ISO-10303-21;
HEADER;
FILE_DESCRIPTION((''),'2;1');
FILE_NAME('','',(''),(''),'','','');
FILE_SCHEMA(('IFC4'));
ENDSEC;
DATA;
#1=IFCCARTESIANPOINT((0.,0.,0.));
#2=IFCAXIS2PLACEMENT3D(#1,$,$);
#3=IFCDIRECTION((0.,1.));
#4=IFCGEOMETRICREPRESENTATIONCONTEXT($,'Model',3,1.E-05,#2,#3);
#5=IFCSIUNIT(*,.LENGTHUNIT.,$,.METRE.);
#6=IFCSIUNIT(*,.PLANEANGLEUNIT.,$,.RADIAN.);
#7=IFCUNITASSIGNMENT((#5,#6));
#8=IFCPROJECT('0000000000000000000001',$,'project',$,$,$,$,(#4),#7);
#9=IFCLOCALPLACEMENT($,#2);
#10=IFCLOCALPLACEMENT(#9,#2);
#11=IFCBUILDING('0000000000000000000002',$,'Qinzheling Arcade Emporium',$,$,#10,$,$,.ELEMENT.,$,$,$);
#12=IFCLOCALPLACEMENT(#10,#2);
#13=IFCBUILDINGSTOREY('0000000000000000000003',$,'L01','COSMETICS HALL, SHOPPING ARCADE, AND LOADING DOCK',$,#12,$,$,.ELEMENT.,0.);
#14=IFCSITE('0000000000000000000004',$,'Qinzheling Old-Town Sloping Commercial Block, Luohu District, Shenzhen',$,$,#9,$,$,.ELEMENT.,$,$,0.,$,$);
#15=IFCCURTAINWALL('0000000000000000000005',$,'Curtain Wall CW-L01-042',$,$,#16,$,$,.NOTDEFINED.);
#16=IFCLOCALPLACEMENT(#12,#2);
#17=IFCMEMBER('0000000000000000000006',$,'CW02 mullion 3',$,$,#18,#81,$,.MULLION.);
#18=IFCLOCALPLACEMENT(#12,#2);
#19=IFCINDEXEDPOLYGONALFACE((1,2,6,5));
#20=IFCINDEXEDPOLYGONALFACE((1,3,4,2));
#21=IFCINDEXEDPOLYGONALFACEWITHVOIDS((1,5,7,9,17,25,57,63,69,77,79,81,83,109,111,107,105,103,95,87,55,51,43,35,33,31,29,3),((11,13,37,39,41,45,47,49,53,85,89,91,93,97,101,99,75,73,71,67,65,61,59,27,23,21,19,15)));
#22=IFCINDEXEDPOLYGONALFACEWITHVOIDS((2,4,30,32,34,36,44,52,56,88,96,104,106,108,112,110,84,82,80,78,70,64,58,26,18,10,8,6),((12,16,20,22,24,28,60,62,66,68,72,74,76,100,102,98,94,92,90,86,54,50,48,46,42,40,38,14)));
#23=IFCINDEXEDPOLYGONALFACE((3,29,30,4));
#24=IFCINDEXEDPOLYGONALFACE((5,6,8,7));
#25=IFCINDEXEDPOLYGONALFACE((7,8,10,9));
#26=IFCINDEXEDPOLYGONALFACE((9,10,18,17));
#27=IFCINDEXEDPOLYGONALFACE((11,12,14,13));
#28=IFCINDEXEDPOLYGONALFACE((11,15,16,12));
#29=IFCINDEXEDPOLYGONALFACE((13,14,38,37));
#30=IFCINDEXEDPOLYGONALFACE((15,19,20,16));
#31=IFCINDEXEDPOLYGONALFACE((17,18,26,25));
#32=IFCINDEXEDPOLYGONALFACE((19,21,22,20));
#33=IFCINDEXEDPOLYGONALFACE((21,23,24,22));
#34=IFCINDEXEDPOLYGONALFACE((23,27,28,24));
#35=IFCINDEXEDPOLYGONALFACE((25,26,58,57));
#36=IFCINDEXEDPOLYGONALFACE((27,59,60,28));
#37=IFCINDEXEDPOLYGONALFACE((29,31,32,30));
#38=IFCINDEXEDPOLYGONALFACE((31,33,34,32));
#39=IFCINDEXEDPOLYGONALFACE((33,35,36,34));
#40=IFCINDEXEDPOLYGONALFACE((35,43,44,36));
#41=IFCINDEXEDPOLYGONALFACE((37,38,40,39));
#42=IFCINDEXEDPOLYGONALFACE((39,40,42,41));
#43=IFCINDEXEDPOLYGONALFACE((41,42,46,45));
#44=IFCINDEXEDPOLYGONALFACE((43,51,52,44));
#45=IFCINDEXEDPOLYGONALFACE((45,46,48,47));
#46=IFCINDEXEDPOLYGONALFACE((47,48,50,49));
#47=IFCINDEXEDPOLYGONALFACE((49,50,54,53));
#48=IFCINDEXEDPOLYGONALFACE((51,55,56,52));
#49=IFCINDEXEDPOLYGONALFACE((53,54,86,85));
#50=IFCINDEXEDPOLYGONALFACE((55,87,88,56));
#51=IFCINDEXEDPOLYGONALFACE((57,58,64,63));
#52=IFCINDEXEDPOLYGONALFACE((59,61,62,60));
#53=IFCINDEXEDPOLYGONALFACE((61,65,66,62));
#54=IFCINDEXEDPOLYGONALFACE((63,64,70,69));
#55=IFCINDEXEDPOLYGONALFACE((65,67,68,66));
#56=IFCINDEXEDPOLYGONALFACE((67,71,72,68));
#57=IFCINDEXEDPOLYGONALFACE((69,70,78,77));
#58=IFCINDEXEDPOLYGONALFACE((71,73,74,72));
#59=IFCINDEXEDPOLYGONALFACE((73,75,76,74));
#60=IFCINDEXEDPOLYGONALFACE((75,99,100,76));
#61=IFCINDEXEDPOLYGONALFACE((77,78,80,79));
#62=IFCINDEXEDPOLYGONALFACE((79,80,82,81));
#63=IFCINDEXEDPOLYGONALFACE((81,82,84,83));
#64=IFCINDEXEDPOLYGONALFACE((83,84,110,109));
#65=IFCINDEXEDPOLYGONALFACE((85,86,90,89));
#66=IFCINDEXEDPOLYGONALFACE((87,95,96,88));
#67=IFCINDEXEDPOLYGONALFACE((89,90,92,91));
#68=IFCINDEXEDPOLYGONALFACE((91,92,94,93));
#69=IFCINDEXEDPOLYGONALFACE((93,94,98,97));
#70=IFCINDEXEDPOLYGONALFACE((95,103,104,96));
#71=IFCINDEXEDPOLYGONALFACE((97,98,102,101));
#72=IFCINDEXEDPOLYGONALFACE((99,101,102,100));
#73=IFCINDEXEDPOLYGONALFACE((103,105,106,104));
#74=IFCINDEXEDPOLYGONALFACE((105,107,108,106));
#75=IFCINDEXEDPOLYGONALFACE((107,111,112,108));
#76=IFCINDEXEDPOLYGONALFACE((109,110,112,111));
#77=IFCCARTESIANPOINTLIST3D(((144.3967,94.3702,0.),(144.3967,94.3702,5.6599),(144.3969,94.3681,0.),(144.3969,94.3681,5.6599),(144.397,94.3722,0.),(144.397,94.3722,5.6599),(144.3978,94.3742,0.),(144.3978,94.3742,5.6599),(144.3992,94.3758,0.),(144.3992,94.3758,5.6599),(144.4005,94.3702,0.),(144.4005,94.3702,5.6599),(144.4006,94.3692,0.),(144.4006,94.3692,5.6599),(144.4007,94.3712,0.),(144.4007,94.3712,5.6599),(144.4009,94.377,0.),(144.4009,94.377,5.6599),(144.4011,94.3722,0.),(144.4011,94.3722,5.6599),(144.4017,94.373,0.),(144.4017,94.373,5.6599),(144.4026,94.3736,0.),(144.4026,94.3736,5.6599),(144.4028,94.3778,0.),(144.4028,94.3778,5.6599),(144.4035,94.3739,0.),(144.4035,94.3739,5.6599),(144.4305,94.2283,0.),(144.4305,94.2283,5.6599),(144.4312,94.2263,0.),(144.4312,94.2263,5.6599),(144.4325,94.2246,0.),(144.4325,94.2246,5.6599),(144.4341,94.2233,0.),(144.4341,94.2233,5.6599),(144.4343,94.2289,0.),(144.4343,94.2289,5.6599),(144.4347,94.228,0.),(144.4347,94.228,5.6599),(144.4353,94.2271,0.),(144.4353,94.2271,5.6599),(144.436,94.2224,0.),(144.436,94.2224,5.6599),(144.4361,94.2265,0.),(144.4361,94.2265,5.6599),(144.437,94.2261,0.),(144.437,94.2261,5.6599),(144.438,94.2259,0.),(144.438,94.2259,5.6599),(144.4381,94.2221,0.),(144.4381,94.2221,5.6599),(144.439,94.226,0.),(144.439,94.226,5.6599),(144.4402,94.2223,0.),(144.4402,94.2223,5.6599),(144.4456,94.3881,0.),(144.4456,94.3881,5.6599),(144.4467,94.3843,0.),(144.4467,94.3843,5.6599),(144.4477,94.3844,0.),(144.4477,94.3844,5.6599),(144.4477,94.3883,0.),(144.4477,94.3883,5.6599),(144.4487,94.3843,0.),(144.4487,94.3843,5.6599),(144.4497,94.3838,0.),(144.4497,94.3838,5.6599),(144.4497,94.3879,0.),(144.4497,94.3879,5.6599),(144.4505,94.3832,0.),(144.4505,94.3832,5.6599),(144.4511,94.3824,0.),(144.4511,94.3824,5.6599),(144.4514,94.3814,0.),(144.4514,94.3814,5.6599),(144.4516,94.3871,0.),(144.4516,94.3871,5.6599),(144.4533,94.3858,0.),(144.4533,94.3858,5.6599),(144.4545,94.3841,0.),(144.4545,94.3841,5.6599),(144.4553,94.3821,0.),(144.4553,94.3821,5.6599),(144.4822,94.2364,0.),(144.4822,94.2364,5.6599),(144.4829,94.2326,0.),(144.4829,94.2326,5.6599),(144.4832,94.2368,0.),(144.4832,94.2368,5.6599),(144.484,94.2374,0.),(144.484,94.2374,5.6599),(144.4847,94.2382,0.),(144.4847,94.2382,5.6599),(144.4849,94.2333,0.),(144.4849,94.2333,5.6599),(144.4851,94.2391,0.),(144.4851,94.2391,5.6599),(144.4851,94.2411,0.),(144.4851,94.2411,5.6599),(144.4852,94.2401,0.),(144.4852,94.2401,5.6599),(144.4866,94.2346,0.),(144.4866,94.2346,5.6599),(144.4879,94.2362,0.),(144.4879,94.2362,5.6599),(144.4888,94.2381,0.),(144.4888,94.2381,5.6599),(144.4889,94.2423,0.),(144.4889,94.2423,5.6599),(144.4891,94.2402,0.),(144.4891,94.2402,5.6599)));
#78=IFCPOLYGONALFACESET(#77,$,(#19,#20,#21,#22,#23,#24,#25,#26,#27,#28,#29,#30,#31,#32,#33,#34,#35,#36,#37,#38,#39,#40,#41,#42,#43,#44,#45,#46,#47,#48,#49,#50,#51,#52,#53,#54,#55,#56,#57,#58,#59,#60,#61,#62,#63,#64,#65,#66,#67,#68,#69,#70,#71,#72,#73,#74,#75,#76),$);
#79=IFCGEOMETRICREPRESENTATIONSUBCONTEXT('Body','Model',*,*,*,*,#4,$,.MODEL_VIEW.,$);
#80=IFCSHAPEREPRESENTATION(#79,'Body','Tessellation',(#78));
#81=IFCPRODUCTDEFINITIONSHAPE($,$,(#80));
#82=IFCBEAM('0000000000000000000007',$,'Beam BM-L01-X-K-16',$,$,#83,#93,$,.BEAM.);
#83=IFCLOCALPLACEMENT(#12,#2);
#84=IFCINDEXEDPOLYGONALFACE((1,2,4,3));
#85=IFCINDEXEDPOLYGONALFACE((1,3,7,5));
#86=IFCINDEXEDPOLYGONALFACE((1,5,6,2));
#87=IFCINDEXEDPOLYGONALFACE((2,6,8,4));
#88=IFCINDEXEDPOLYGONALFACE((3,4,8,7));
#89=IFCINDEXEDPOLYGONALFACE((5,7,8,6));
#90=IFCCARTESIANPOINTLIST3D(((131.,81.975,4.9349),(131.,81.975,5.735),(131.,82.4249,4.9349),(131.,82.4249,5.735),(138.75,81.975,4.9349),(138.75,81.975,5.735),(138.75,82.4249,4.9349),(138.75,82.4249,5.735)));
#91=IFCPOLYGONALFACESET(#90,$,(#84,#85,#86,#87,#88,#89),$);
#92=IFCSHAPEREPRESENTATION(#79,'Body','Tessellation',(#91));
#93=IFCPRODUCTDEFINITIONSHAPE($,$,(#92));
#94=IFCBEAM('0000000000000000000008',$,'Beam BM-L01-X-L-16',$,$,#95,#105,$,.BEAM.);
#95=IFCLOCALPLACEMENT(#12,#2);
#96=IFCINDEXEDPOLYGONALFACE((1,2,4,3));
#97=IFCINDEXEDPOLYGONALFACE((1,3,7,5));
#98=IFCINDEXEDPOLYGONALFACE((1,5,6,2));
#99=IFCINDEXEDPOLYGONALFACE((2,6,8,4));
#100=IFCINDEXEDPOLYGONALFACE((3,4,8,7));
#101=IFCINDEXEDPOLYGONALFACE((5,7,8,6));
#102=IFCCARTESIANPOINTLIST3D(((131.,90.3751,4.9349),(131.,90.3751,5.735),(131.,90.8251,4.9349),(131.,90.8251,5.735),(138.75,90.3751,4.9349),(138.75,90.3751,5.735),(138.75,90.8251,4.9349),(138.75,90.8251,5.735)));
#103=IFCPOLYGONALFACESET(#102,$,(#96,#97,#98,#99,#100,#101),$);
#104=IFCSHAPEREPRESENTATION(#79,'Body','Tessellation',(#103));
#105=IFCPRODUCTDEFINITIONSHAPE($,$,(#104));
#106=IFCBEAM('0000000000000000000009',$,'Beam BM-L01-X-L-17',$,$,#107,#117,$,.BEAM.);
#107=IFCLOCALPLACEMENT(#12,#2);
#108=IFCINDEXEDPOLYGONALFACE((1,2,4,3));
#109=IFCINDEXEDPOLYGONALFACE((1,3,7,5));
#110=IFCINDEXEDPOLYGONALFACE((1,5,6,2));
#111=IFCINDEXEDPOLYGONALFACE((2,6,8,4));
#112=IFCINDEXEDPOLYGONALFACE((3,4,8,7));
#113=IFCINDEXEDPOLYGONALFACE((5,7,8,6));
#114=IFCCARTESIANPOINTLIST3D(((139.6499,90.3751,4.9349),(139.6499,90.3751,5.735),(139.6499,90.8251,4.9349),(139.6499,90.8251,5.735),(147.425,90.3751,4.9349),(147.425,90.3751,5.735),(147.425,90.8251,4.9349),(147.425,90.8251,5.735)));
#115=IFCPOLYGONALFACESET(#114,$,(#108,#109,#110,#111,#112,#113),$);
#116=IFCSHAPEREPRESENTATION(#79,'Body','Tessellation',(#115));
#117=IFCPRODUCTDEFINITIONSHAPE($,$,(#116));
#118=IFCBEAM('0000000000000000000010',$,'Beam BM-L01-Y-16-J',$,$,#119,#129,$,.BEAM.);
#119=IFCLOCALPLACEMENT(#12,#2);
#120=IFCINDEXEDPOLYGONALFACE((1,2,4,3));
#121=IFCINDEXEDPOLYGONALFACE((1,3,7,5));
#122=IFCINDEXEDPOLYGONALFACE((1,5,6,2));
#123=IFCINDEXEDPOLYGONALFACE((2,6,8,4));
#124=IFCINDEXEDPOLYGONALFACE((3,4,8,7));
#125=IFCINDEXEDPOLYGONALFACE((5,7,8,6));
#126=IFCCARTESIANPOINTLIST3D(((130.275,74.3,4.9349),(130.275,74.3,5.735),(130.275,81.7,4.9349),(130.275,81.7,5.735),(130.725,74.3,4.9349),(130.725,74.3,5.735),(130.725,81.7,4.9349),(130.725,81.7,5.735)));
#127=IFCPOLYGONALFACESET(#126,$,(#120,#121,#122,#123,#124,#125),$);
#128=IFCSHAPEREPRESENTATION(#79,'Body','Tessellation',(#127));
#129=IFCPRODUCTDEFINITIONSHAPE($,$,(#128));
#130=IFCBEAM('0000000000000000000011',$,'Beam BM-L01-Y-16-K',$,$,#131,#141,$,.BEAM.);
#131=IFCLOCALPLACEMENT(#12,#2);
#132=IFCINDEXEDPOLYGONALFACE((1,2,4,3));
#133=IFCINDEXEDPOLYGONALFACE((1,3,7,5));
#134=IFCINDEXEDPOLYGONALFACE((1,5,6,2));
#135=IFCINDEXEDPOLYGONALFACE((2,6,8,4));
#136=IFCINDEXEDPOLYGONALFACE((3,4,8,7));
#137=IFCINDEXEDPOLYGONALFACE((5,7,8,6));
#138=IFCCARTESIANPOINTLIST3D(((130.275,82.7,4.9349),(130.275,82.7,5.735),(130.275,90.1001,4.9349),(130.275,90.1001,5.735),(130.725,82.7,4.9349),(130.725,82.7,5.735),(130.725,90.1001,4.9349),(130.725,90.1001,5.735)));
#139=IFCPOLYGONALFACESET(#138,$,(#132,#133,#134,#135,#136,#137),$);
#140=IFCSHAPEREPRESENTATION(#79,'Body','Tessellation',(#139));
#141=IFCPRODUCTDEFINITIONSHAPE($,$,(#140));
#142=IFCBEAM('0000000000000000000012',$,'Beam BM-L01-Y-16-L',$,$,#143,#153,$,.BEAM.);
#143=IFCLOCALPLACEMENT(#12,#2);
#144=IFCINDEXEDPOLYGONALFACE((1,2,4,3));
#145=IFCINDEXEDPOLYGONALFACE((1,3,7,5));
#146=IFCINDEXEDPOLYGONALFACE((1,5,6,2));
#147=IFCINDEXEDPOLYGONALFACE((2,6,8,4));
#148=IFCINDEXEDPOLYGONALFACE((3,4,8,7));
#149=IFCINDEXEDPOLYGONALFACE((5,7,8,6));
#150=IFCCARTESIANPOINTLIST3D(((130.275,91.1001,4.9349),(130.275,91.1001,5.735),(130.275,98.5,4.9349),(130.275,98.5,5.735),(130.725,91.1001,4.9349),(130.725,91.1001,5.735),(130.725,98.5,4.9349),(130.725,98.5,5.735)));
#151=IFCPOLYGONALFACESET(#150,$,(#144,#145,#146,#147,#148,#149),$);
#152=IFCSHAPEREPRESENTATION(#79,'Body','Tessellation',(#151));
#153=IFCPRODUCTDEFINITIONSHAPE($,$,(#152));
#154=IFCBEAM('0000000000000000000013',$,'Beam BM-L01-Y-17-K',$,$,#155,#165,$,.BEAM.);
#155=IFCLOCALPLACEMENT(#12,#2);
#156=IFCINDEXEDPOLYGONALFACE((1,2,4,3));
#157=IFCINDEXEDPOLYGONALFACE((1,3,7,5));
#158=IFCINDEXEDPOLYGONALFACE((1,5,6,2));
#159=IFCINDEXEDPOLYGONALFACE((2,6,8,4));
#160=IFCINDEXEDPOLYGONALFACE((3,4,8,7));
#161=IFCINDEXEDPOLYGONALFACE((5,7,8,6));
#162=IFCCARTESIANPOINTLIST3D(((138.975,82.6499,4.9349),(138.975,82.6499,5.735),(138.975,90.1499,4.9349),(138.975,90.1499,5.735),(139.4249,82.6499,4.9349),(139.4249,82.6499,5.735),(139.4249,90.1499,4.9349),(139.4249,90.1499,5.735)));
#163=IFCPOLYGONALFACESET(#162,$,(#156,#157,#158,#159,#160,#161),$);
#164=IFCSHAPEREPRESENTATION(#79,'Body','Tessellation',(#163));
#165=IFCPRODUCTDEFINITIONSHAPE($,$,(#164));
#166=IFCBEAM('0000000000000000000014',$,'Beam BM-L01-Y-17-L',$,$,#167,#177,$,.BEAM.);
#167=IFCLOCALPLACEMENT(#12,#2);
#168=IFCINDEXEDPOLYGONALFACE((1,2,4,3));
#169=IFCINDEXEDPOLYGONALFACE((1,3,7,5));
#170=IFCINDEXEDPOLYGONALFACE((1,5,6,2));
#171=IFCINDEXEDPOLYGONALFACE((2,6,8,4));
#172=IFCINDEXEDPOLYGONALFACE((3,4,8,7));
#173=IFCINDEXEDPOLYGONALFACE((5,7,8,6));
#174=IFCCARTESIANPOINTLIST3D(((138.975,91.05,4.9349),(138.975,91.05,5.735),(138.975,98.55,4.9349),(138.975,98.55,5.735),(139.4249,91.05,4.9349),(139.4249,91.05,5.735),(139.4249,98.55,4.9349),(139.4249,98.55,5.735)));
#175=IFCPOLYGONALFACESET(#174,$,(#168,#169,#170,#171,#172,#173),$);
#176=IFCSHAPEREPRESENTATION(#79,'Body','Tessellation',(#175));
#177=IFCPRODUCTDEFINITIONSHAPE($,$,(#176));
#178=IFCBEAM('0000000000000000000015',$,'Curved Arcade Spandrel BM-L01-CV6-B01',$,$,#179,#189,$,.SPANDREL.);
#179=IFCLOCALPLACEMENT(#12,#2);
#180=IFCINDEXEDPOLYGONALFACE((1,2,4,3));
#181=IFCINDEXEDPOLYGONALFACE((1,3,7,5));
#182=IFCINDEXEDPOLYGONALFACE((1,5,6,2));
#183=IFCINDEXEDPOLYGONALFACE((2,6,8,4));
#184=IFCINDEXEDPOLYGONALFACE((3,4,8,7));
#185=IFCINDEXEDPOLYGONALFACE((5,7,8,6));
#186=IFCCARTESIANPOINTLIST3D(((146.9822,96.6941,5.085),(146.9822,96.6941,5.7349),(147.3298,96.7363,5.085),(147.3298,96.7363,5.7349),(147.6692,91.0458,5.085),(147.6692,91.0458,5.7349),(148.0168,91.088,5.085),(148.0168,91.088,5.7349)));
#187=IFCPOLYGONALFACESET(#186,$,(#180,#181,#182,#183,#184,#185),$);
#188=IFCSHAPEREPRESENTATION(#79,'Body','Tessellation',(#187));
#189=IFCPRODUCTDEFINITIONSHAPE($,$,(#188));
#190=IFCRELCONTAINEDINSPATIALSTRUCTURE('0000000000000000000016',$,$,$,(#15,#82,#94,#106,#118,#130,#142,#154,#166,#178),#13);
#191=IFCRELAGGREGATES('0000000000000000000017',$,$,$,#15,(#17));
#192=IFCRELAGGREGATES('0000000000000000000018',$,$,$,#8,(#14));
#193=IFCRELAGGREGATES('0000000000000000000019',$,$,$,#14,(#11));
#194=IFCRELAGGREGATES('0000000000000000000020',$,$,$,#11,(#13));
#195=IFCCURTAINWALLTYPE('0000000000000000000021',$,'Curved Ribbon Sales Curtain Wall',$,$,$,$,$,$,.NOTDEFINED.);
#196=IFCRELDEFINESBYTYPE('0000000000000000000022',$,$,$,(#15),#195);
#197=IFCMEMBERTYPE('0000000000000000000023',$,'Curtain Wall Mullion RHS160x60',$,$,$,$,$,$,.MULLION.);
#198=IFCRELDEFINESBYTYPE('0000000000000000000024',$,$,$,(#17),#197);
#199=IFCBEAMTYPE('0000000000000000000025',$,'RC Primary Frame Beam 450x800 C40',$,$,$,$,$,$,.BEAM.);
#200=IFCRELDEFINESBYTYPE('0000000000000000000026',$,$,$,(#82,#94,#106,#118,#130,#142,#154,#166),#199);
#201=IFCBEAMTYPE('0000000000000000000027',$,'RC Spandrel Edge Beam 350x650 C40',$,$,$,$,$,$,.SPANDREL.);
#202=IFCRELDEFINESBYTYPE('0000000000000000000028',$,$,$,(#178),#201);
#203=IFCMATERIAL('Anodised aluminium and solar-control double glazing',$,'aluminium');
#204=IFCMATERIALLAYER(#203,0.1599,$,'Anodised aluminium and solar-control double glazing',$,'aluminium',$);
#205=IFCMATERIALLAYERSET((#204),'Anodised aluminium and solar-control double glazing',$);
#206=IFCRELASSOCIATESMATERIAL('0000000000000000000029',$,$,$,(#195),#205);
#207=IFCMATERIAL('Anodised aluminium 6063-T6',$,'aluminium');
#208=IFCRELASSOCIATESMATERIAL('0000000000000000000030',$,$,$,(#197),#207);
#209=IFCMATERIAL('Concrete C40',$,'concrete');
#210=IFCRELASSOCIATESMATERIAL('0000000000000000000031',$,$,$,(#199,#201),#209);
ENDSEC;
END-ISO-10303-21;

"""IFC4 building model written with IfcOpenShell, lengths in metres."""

from ifc_helpers import new_model, si_unit, direction, frame, origin, origin_2d, place, context, subcontext, project, spatial, rectangle, hollow_rectangle, extrude, material, layer, layer_set, material_profile, profile_set, type_object, element, aggregate, save


model = new_model("IFC4")

# Units and contexts
model_context = context("Model", 3, precision=1e-05, world=origin(), true_north=direction((0.0, 1.0)))
body_context = subcontext(model_context, "Body", "Model", "MODEL_VIEW")
ifc_project = project(units=[si_unit("LENGTHUNIT", "METRE"), si_unit("PLANEANGLEUNIT", "RADIAN")], contexts=[model_context])

# Site, building, storey
site_placement = place(None, origin())
site = spatial("IfcSite", under=ifc_project, at=site_placement, Name="Qinzheling Old-Town Sloping Commercial Block, Luohu District, Shenzhen", CompositionType="ELEMENT", RefElevation=0.0)
building_placement = place(site_placement, origin())
building = spatial("IfcBuilding", under=site, at=building_placement, Name="Qinzheling Arcade Emporium", CompositionType="ELEMENT")
storey_placement = place(building_placement, origin())
storey = spatial("IfcBuildingStorey", under=building, at=storey_placement, Name="L01", Description="COSMETICS HALL, SHOPPING ARCADE, AND LOADING DOCK", CompositionType="ELEMENT", Elevation=0.0)

# Curtain wall, member
ifc_material_1 = material(Name="Anodised aluminium and solar-control double glazing", Category="aluminium")
ifc_layer_1 = layer(ifc_material_1, 0.1599, Name="Anodised aluminium and solar-control double glazing", Category="aluminium")
ifc_layer_set_1 = layer_set([ifc_layer_1], Name="Anodised aluminium and solar-control double glazing")
curtain_wall_type = type_object("IfcCurtainWallType", Name="Curved Ribbon Sales Curtain Wall", PredefinedType="NOTDEFINED", material=ifc_layer_set_1)
curtain_wall_placement = place(storey_placement, origin())
curtain_wall = element("IfcCurtainWall", 1, at=curtain_wall_placement, inside=storey, type_object=curtain_wall_type, Name="Curtain Wall CW-L01-042", PredefinedType="NOTDEFINED")
ifc_material_2 = material(Name="Anodised aluminium 6063-T6", Category="aluminium")
ifc_material_profile_1 = material_profile(ifc_material_2, hollow_rectangle(XDim=0.0601, YDim=0.1599, WallThickness=0.0039, InnerFilletRadius=0.0039, OuterFilletRadius=0.0081, at=origin_2d()), Name="RHS 160x60x4", Category="aluminium")
ifc_profile_set_1 = profile_set([ifc_material_profile_1], Name="Anodised aluminium 6063-T6")
member_type_1 = type_object("IfcMemberType", Name="Curtain Wall Mullion RHS160x60", PredefinedType="MULLION", material=ifc_profile_set_1)
member_placement = place(storey_placement, frame((144.4429, 94.3052, 0.0), z_axis=(0.0, 0.0, 1.0), x_axis=(0.972336, 0.233587, 0.0)))
member = element("IfcMember", 2, at=member_placement, type_object=member_type_1, Name="CW02 mullion 3", PredefinedType="MULLION", context=body_context, shape_type="SweptSolid", body=[
    extrude(hollow_rectangle(XDim=0.0601, YDim=0.1599, WallThickness=0.0039, InnerFilletRadius=0.0039, OuterFilletRadius=0.0081, at=origin_2d()), origin(), (0.0, 0.0, 1.0), 5.6599),
])
aggregate(curtain_wall, [member])

# Beams
ifc_material_3 = material(Name="Concrete C40", Category="concrete")
ifc_material_profile_2 = material_profile(ifc_material_3, rectangle(XDim=0.45, YDim=0.8, at=origin_2d()), Name="RC 450x800", Category="concrete")
ifc_profile_set_2 = profile_set([ifc_material_profile_2], Name="Concrete C40")
beam_type_1 = type_object("IfcBeamType", Name="RC Primary Frame Beam 450x800 C40", PredefinedType="BEAM", material=ifc_profile_set_2)
for number, where, z_axis, x_axis, name in (
    (3, (131.0, 82.2, 5.335), (1.0, 0.0, 0.0), (0.0, 1.0, 0.0), "Beam BM-L01-X-K-16"),
    (4, (131.0, 90.6001, 5.335), (1.0, 0.0, 0.0), (0.0, 1.0, 0.0), "Beam BM-L01-X-L-16"),
):
    element("IfcBeam", number, at=place(storey_placement, frame(where, z_axis=z_axis, x_axis=x_axis)), inside=storey, type_object=beam_type_1, Name=name, PredefinedType="BEAM", context=body_context, shape_type="SweptSolid", body=[
        extrude(rectangle(XDim=0.45, YDim=0.8, at=origin_2d()), origin(), (0.0, 0.0, 1.0), 7.75),
    ])
beam_1_placement = place(storey_placement, frame((139.6499, 90.6001, 5.335), z_axis=(1.0, 0.0, 0.0), x_axis=(0.0, 1.0, 0.0)))
element("IfcBeam", 5, at=beam_1_placement, inside=storey, type_object=beam_type_1, Name="Beam BM-L01-X-L-17", PredefinedType="BEAM", context=body_context, shape_type="SweptSolid", body=[
    extrude(rectangle(XDim=0.45, YDim=0.8, at=origin_2d()), origin(), (0.0, 0.0, 1.0), 7.7751),
])
beam_2_placement = place(storey_placement, frame((130.5, 74.3, 5.335), z_axis=(0.0, 1.0, 0.0), x_axis=(-1.0, 0.0, 0.0)))
element("IfcBeam", 6, at=beam_2_placement, inside=storey, type_object=beam_type_1, Name="Beam BM-L01-Y-16-J", PredefinedType="BEAM", context=body_context, shape_type="SweptSolid", body=[
    extrude(rectangle(XDim=0.45, YDim=0.8, at=origin_2d()), origin(), (0.0, 0.0, 1.0), 7.3999),
])
beam_3_placement = place(storey_placement, frame((130.5, 82.7, 5.335), z_axis=(0.0, 1.0, 0.0), x_axis=(-1.0, 0.0, 0.0)))
element("IfcBeam", 7, at=beam_3_placement, inside=storey, type_object=beam_type_1, Name="Beam BM-L01-Y-16-K", PredefinedType="BEAM", context=body_context, shape_type="SweptSolid", body=[
    extrude(rectangle(XDim=0.45, YDim=0.8, at=origin_2d()), origin(), (0.0, 0.0, 1.0), 7.4001),
])
beam_4_placement = place(storey_placement, frame((130.5, 91.1001, 5.335), z_axis=(0.0, 1.0, 0.0), x_axis=(-1.0, 0.0, 0.0)))
element("IfcBeam", 8, at=beam_4_placement, inside=storey, type_object=beam_type_1, Name="Beam BM-L01-Y-16-L", PredefinedType="BEAM", context=body_context, shape_type="SweptSolid", body=[
    extrude(rectangle(XDim=0.45, YDim=0.8, at=origin_2d()), origin(), (0.0, 0.0, 1.0), 7.3999),
])
for number, where, z_axis, x_axis, name in (
    (9, (139.2, 82.6499, 5.335), (0.0, 1.0, 0.0), (-1.0, 0.0, 0.0), "Beam BM-L01-Y-17-K"),
    (10, (139.2, 91.05, 5.335), (0.0, 1.0, 0.0), (-1.0, 0.0, 0.0), "Beam BM-L01-Y-17-L"),
):
    element("IfcBeam", number, at=place(storey_placement, frame(where, z_axis=z_axis, x_axis=x_axis)), inside=storey, type_object=beam_type_1, Name=name, PredefinedType="BEAM", context=body_context, shape_type="SweptSolid", body=[
        extrude(rectangle(XDim=0.45, YDim=0.8, at=origin_2d()), origin(), (0.0, 0.0, 1.0), 7.5),
    ])
ifc_material_profile_3 = material_profile(ifc_material_3, rectangle(XDim=0.3501, YDim=0.6499, at=origin_2d()), Name="RC 350x650", Category="concrete")
ifc_profile_set_3 = profile_set([ifc_material_profile_3], Name="Concrete C40")
beam_type_2 = type_object("IfcBeamType", Name="RC Spandrel Edge Beam 350x650 C40", PredefinedType="SPANDREL", material=ifc_profile_set_3)
beam_5_placement = place(storey_placement, frame((147.843, 91.0669, 5.4099), z_axis=(-0.120744, 0.992684, 0.0), x_axis=(-0.992684, -0.120744, 0.0)))
element("IfcBeam", 11, at=beam_5_placement, inside=storey, type_object=beam_type_2, Name="Curved Arcade Spandrel BM-L01-CV6-B01", PredefinedType="SPANDREL", context=body_context, shape_type="SweptSolid", body=[
    extrude(rectangle(XDim=0.3501, YDim=0.6499, at=origin_2d()), origin(), (0.0, 0.0, 1.0), 5.6899),
])

save(model, "model.ifc")
